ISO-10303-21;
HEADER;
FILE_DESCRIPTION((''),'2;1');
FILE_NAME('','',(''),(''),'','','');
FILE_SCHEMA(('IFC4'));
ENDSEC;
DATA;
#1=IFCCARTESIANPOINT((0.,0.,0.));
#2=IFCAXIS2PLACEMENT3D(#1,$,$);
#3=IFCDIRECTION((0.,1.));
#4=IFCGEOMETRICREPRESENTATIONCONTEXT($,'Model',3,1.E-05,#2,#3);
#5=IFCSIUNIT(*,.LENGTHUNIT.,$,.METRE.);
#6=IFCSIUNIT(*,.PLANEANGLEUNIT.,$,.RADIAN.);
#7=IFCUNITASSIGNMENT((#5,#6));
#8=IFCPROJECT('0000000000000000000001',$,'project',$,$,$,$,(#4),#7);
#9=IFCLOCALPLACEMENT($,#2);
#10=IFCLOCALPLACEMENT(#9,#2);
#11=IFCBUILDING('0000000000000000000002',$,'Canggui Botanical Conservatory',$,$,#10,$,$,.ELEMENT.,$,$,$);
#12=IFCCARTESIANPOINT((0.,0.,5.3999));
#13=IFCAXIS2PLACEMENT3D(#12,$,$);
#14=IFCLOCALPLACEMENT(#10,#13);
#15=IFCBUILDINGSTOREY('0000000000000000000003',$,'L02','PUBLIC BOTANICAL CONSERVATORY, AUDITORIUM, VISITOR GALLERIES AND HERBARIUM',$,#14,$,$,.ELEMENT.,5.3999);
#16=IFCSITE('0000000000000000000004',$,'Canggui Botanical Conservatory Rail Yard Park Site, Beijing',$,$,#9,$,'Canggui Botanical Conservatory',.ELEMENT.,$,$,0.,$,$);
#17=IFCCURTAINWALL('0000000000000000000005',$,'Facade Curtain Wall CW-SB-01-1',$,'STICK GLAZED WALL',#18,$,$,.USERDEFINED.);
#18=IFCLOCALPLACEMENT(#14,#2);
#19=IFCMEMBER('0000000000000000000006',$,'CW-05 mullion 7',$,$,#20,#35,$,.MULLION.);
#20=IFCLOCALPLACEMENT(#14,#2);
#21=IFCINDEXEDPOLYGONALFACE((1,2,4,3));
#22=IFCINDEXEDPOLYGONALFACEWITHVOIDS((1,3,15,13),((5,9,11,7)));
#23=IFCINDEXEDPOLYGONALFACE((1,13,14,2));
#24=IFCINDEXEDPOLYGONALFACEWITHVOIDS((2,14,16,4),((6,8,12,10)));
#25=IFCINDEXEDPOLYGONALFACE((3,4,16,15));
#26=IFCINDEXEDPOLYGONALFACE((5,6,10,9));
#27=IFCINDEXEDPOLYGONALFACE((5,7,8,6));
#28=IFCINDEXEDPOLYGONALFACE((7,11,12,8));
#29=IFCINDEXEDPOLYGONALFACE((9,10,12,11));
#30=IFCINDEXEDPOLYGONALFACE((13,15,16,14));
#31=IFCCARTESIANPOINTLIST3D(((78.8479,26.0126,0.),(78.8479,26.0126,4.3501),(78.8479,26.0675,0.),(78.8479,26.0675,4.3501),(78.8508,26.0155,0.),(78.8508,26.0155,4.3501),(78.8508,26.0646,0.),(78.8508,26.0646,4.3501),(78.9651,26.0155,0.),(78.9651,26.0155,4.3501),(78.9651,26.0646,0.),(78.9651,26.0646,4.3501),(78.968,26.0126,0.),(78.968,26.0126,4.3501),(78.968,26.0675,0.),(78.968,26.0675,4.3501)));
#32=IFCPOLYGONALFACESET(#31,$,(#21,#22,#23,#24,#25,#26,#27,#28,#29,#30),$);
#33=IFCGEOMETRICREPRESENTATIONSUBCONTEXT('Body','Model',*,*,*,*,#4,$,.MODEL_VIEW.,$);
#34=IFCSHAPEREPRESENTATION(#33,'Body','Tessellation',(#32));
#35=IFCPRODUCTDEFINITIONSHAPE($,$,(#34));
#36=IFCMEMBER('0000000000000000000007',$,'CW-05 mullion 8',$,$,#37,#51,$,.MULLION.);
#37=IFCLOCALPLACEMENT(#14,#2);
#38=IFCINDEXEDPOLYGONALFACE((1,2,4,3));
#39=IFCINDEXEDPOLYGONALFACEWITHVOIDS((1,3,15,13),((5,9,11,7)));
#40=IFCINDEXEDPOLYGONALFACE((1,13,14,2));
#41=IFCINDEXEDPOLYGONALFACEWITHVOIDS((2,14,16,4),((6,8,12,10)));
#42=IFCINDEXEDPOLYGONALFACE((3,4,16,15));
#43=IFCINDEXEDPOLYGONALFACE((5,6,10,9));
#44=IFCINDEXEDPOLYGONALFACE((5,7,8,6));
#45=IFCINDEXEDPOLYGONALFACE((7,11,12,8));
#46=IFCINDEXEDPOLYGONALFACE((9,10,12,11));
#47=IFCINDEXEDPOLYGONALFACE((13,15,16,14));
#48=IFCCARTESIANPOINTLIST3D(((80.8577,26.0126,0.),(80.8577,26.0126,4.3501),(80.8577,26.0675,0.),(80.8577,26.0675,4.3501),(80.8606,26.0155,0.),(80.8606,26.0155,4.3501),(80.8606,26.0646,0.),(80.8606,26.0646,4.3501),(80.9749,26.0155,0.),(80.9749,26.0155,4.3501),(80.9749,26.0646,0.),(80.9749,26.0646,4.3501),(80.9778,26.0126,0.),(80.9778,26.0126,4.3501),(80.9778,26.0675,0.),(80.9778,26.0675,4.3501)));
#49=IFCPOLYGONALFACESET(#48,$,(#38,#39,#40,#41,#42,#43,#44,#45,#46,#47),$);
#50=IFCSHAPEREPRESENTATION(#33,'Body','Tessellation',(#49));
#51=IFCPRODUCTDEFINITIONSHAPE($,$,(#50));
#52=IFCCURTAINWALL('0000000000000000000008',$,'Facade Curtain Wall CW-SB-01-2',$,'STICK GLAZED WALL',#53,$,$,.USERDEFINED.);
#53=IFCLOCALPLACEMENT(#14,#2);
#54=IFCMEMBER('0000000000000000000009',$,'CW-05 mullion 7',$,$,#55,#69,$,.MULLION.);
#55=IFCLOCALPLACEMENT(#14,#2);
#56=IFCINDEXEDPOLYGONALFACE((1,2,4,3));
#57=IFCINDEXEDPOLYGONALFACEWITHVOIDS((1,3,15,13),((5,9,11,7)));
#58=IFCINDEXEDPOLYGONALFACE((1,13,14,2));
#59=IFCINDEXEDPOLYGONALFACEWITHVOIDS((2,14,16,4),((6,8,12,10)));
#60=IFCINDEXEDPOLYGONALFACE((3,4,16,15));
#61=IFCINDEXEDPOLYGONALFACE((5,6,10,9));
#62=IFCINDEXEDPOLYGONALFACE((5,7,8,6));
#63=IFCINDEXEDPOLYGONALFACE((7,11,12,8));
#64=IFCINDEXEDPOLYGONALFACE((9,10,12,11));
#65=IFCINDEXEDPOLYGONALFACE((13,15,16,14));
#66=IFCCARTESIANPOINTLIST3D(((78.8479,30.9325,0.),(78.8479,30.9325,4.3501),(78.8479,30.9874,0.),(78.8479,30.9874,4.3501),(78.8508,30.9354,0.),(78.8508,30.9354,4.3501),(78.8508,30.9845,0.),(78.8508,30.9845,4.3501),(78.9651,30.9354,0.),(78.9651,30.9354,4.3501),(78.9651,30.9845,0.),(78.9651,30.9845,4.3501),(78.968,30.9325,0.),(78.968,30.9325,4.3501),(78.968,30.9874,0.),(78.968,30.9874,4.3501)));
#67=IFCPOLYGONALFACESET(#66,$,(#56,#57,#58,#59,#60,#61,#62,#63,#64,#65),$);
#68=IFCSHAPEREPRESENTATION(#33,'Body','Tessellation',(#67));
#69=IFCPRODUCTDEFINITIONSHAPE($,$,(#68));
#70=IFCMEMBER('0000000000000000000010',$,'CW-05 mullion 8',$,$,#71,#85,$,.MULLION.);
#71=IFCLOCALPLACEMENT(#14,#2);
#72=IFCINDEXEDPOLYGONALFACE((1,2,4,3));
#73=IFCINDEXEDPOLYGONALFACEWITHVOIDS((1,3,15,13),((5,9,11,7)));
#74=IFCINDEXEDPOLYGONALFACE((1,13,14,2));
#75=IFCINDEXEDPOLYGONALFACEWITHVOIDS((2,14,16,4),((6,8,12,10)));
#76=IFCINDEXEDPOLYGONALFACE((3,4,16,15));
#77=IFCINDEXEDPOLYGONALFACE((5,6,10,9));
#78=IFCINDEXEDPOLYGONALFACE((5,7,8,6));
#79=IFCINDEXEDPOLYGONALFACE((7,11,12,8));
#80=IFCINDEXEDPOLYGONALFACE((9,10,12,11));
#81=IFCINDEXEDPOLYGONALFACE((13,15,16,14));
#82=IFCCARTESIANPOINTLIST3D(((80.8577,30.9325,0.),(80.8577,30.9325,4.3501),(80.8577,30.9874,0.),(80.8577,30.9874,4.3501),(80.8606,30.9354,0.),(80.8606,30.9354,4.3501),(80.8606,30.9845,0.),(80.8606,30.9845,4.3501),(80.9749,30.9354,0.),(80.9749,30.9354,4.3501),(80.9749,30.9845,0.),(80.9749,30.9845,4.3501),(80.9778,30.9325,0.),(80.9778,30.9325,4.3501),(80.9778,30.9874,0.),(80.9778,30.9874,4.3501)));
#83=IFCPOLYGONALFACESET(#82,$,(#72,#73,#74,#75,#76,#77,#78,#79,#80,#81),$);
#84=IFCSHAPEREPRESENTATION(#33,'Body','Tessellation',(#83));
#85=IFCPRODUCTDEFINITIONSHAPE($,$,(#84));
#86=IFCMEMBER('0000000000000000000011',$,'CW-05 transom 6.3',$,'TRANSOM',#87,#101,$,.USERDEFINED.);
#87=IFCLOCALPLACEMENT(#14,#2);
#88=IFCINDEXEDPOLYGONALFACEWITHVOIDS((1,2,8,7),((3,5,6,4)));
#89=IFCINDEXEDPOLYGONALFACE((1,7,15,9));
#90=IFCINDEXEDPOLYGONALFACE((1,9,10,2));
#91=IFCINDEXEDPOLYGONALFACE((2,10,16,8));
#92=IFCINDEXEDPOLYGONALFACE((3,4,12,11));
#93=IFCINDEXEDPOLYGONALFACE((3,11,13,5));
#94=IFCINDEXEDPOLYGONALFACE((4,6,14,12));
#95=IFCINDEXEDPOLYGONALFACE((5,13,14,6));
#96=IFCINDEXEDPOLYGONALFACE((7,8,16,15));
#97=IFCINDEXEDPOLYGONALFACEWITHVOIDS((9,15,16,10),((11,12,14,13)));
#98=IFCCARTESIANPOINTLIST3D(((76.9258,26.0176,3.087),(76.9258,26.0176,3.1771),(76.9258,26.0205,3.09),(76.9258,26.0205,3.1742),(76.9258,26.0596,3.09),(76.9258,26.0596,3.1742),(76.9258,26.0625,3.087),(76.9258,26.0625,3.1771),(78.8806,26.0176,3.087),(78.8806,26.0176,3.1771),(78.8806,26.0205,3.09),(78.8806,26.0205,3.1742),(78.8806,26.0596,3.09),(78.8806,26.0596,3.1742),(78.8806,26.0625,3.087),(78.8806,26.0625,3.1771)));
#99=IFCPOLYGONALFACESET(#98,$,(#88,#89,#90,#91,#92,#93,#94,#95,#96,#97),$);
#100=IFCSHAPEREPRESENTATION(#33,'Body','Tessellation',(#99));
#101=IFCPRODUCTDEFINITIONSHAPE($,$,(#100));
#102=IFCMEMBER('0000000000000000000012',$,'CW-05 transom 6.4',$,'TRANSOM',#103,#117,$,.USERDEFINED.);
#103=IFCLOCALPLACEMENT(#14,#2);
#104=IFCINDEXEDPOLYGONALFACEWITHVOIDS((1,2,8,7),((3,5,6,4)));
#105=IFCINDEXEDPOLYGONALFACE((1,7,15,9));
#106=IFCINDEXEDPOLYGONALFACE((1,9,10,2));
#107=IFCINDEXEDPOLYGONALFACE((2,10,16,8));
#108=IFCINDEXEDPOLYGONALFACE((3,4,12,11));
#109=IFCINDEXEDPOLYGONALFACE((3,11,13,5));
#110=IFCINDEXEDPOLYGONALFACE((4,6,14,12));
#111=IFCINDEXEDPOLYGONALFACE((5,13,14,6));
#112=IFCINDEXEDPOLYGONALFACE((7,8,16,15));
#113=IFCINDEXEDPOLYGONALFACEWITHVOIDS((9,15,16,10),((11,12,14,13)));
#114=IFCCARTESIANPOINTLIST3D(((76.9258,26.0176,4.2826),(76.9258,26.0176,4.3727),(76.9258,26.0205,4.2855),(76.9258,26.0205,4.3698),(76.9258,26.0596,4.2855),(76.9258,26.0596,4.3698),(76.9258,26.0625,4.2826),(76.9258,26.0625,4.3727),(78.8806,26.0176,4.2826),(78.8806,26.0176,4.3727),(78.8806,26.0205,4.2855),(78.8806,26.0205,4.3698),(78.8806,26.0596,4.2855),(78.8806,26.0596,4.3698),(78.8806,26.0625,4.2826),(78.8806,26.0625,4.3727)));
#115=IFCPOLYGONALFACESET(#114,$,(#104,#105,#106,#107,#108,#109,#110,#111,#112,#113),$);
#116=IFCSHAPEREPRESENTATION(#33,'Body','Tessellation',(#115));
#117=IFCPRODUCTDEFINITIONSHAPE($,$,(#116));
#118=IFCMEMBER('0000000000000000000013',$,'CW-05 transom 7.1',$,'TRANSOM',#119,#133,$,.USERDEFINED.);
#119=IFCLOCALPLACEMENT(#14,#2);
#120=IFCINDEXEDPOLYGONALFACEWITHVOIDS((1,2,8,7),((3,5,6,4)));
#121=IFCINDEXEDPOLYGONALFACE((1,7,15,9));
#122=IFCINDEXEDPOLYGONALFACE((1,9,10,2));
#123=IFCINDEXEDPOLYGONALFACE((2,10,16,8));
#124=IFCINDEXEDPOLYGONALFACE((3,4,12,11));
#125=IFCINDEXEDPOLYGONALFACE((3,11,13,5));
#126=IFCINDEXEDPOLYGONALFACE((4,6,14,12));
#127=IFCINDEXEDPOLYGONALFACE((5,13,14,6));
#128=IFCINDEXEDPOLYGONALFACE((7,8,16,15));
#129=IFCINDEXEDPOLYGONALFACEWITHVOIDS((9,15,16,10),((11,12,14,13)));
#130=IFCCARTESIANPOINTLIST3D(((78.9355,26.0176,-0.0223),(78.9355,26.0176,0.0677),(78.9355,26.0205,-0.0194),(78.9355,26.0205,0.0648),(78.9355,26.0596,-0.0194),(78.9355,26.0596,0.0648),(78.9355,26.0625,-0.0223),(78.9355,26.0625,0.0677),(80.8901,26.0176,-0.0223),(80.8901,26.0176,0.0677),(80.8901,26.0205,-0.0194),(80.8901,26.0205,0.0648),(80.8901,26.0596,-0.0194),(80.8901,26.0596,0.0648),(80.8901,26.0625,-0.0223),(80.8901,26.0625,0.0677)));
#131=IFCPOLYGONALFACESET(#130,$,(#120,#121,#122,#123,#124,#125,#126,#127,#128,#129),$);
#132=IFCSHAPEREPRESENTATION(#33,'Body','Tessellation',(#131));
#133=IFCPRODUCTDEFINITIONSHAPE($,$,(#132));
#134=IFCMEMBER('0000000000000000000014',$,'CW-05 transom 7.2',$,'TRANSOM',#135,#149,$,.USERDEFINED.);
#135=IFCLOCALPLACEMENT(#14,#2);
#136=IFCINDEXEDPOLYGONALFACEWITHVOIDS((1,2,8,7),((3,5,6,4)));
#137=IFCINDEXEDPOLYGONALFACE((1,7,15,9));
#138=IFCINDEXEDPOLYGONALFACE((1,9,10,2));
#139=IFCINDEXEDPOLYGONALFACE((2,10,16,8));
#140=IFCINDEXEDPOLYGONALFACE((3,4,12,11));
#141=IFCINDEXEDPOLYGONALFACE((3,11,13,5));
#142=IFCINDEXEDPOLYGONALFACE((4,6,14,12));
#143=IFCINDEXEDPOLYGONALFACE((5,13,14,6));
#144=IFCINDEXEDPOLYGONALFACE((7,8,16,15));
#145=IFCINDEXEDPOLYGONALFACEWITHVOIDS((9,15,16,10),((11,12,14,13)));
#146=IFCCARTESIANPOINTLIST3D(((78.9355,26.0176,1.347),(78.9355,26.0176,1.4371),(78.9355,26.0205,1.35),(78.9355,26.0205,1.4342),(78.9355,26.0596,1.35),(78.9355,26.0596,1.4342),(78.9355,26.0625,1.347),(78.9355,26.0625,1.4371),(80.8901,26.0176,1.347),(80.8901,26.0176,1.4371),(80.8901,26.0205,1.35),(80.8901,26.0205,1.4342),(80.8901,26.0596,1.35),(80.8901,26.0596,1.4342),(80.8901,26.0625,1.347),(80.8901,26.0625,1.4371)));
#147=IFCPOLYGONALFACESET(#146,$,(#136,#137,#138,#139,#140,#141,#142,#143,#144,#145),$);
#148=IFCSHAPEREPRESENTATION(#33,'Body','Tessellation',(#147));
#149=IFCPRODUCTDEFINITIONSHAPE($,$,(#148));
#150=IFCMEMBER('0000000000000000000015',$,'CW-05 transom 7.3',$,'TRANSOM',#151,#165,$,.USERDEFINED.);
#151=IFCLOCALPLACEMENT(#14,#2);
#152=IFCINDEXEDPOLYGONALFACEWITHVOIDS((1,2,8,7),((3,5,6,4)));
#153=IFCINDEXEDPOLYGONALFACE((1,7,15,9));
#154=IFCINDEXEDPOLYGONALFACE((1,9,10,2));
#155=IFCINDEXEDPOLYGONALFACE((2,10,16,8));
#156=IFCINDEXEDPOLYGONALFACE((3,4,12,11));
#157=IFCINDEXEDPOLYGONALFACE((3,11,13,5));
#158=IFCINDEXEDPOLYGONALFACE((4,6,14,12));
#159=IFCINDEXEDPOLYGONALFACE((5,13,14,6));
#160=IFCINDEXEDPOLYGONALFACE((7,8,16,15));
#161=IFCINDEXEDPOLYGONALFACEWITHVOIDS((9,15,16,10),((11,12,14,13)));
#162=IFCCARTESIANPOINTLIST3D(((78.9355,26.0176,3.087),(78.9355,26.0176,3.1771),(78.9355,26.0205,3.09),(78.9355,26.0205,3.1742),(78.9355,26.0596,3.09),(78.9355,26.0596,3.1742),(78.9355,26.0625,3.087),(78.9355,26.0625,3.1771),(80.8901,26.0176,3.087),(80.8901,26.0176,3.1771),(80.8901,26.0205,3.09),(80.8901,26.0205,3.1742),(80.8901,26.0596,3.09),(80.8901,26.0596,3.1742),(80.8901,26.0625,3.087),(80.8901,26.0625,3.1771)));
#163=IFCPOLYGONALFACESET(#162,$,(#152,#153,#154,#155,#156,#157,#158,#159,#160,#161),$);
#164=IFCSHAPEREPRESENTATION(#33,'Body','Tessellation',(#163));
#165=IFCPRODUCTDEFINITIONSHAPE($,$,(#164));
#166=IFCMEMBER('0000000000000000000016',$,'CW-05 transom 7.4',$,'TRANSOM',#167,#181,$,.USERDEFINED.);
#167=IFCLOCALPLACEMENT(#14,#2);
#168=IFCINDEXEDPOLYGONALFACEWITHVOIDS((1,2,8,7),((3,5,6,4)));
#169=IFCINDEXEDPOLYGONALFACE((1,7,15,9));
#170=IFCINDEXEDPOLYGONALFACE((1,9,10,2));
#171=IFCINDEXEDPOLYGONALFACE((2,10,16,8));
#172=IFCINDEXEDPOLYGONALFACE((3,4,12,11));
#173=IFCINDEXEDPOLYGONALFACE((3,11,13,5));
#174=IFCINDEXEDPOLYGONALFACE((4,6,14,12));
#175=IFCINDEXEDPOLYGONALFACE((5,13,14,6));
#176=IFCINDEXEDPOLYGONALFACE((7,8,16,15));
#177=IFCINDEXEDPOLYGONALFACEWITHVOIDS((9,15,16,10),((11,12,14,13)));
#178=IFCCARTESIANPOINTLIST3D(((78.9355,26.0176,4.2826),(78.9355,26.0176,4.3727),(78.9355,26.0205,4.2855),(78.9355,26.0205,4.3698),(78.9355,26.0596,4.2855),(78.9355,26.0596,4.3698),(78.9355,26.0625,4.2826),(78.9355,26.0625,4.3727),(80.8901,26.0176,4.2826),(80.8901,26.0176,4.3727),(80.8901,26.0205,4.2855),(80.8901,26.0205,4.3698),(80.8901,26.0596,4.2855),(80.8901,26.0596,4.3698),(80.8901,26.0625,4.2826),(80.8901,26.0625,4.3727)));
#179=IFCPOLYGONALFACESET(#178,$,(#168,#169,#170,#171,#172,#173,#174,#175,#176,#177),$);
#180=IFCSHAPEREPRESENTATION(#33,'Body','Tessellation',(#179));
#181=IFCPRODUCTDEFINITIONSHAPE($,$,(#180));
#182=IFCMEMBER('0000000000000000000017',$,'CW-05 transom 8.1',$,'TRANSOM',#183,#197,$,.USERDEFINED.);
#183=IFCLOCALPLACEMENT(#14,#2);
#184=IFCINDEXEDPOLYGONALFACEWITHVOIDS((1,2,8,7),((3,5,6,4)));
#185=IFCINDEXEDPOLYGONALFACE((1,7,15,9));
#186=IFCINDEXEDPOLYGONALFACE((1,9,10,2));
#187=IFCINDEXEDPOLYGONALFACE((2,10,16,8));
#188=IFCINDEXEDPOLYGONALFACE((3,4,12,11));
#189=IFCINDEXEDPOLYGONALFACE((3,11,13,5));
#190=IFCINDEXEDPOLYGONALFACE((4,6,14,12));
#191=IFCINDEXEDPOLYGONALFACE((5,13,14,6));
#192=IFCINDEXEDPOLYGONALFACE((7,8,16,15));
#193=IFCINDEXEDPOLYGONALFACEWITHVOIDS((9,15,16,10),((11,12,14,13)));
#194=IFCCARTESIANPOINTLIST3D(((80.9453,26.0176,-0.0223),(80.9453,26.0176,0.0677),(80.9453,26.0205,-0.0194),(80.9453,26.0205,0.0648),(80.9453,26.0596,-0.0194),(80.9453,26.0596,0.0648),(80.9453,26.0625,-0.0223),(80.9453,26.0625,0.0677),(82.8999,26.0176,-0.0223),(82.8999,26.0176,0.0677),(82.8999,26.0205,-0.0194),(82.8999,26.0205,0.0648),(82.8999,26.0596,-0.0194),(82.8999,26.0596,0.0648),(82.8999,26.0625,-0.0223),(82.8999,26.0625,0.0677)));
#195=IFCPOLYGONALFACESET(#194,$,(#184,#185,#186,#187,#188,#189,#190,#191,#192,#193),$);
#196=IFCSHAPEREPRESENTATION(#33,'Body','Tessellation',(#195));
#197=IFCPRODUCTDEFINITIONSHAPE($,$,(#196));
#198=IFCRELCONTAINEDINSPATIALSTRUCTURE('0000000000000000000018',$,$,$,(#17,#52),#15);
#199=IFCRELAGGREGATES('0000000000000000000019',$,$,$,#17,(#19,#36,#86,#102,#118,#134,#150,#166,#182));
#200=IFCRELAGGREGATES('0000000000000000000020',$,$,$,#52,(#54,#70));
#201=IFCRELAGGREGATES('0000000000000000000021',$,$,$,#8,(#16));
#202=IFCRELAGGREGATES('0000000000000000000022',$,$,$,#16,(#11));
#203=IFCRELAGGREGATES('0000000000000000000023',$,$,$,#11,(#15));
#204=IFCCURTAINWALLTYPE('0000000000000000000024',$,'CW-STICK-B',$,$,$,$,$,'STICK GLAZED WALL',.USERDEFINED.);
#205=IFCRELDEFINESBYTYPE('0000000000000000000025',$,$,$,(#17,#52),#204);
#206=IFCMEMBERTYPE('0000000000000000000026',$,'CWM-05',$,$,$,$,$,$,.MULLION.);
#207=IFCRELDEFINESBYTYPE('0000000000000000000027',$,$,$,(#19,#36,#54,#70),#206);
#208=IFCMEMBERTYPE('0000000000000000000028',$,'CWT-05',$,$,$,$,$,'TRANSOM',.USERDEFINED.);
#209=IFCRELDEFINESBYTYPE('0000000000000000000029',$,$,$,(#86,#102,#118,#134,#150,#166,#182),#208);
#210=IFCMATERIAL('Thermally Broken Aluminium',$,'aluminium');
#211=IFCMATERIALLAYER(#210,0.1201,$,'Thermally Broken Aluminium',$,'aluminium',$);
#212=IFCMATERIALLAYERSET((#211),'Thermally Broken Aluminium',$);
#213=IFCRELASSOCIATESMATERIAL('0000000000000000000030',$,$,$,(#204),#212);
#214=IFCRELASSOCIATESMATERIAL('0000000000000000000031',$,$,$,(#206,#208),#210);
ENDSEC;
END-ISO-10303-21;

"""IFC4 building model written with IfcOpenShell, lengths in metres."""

from ifc_helpers import new_model, si_unit, direction, frame, origin, origin_2d, place, context, subcontext, project, spatial, hollow_rectangle, extrude, material, layer, layer_set, material_profile, profile_set, type_object, element, aggregate, save


model = new_model("IFC4")

# Units and contexts
model_context = context("Model", 3, precision=1e-05, world=origin(), true_north=direction((0.0, 1.0)))
body_context = subcontext(model_context, "Body", "Model", "MODEL_VIEW")
ifc_project = project(units=[si_unit("LENGTHUNIT", "METRE"), si_unit("PLANEANGLEUNIT", "RADIAN")], contexts=[model_context])

# Site, building, storey
site_placement = place(None, origin())
site = spatial("IfcSite", under=ifc_project, at=site_placement, Name="Canggui Botanical Conservatory Rail Yard Park Site, Beijing", LongName="Canggui Botanical Conservatory", CompositionType="ELEMENT", RefElevation=0.0)
building_placement = place(site_placement, origin())
building = spatial("IfcBuilding", under=site, at=building_placement, Name="Canggui Botanical Conservatory", CompositionType="ELEMENT")
storey_placement = place(building_placement, frame((0.0, 0.0, 5.3999)))
storey = spatial("IfcBuildingStorey", under=building, at=storey_placement, Name="L02", Description="PUBLIC BOTANICAL CONSERVATORY, AUDITORIUM, VISITOR GALLERIES AND HERBARIUM", CompositionType="ELEMENT", Elevation=5.3999)

# Curtain walls, members
ifc_material_1 = material(Name="Thermally Broken Aluminium", Category="aluminium")
ifc_layer_1 = layer(ifc_material_1, 0.1201, Name="Thermally Broken Aluminium", Category="aluminium")
ifc_layer_set_1 = layer_set([ifc_layer_1], Name="Thermally Broken Aluminium")
curtain_wall_type = type_object("IfcCurtainWallType", Name="CW-STICK-B", ElementType="STICK GLAZED WALL", PredefinedType="USERDEFINED", material=ifc_layer_set_1)
curtain_wall_1_placement = place(storey_placement, origin())
curtain_wall_1 = element("IfcCurtainWall", 1, at=curtain_wall_1_placement, inside=storey, type_object=curtain_wall_type, Name="Facade Curtain Wall CW-SB-01-1", ObjectType="STICK GLAZED WALL", PredefinedType="USERDEFINED")
ifc_material_profile_1 = material_profile(ifc_material_1, hollow_rectangle(XDim=0.0549, YDim=0.1201, WallThickness=0.0029, at=origin_2d()), Name="CWM 55x120x3")
ifc_profile_set_1 = profile_set([ifc_material_profile_1], Name="Thermally Broken Aluminium")
member_type_1 = type_object("IfcMemberType", Name="CWM-05", PredefinedType="MULLION", material=ifc_profile_set_1)
member_1_placement = place(storey_placement, frame((78.908, 26.04, 0.0), z_axis=(0.0, 0.0, 1.0), x_axis=(0.0, 1.0, 0.0)))
member_1 = element("IfcMember", 2, at=member_1_placement, type_object=member_type_1, Name="CW-05 mullion 7", PredefinedType="MULLION", context=body_context, shape_type="SweptSolid", body=[
    extrude(hollow_rectangle(XDim=0.0549, YDim=0.1201, WallThickness=0.0029, at=origin_2d()), origin(), (0.0, 0.0, 1.0), 4.3501),
])
member_2_placement = place(storey_placement, frame((80.9177, 26.04, 0.0), z_axis=(0.0, 0.0, 1.0), x_axis=(0.0, 1.0, 0.0)))
member_2 = element("IfcMember", 3, at=member_2_placement, type_object=member_type_1, Name="CW-05 mullion 8", PredefinedType="MULLION", context=body_context, shape_type="SweptSolid", body=[
    extrude(hollow_rectangle(XDim=0.0549, YDim=0.1201, WallThickness=0.0029, at=origin_2d()), origin(), (0.0, 0.0, 1.0), 4.3501),
])
curtain_wall_2_placement = place(storey_placement, origin())
curtain_wall_2 = element("IfcCurtainWall", 4, at=curtain_wall_2_placement, inside=storey, type_object=curtain_wall_type, Name="Facade Curtain Wall CW-SB-01-2", ObjectType="STICK GLAZED WALL", PredefinedType="USERDEFINED")
member_3_placement = place(storey_placement, frame((78.908, 30.96, 0.0), z_axis=(0.0, 0.0, 1.0), x_axis=(0.0, 1.0, 0.0)))
member_3 = element("IfcMember", 5, at=member_3_placement, type_object=member_type_1, Name="CW-05 mullion 7", PredefinedType="MULLION", context=body_context, shape_type="SweptSolid", body=[
    extrude(hollow_rectangle(XDim=0.0549, YDim=0.1201, WallThickness=0.0029, at=origin_2d()), origin(), (0.0, 0.0, 1.0), 4.3501),
])
member_4_placement = place(storey_placement, frame((80.9177, 30.96, 0.0), z_axis=(0.0, 0.0, 1.0), x_axis=(0.0, 1.0, 0.0)))
member_4 = element("IfcMember", 6, at=member_4_placement, type_object=member_type_1, Name="CW-05 mullion 8", PredefinedType="MULLION", context=body_context, shape_type="SweptSolid", body=[
    extrude(hollow_rectangle(XDim=0.0549, YDim=0.1201, WallThickness=0.0029, at=origin_2d()), origin(), (0.0, 0.0, 1.0), 4.3501),
])

# Members
ifc_material_profile_2 = material_profile(ifc_material_1, hollow_rectangle(XDim=0.0449, YDim=0.0901, WallThickness=0.0029, at=origin_2d()), Name="CWT 45x90x3")
ifc_profile_set_2 = profile_set([ifc_material_profile_2], Name="Thermally Broken Aluminium")
member_type_2 = type_object("IfcMemberType", Name="CWT-05", ElementType="TRANSOM", PredefinedType="USERDEFINED", material=ifc_profile_set_2)
member_5_placement = place(storey_placement, frame((76.9258, 26.04, 3.1321), z_axis=(1.0, 0.0, 0.0), x_axis=(0.0, 1.0, 0.0)))
member_5 = element("IfcMember", 7, at=member_5_placement, type_object=member_type_2, Name="CW-05 transom 6.3", ObjectType="TRANSOM", PredefinedType="USERDEFINED", context=body_context, shape_type="SweptSolid", body=[
    extrude(hollow_rectangle(XDim=0.0449, YDim=0.0901, WallThickness=0.0029, at=origin_2d()), origin(), (0.0, 0.0, 1.0), 1.9548),
])
member_6_placement = place(storey_placement, frame((76.9258, 26.04, 4.3276), z_axis=(1.0, 0.0, 0.0), x_axis=(0.0, 1.0, 0.0)))
member_6 = element("IfcMember", 8, at=member_6_placement, type_object=member_type_2, Name="CW-05 transom 6.4", ObjectType="TRANSOM", PredefinedType="USERDEFINED", context=body_context, shape_type="SweptSolid", body=[
    extrude(hollow_rectangle(XDim=0.0449, YDim=0.0901, WallThickness=0.0029, at=origin_2d()), origin(), (0.0, 0.0, 1.0), 1.9548),
])
member_7_placement = place(storey_placement, frame((78.9355, 26.04, 0.0227), z_axis=(1.0, 0.0, 0.0), x_axis=(0.0, 1.0, 0.0)))
member_7 = element("IfcMember", 9, at=member_7_placement, type_object=member_type_2, Name="CW-05 transom 7.1", ObjectType="TRANSOM", PredefinedType="USERDEFINED", context=body_context, shape_type="SweptSolid", body=[
    extrude(hollow_rectangle(XDim=0.0449, YDim=0.0901, WallThickness=0.0029, at=origin_2d()), origin(), (0.0, 0.0, 1.0), 1.9546),
])
member_8_placement = place(storey_placement, frame((78.9355, 26.04, 1.3921), z_axis=(1.0, 0.0, 0.0), x_axis=(0.0, 1.0, 0.0)))
member_8 = element("IfcMember", 10, at=member_8_placement, type_object=member_type_2, Name="CW-05 transom 7.2", ObjectType="TRANSOM", PredefinedType="USERDEFINED", context=body_context, shape_type="SweptSolid", body=[
    extrude(hollow_rectangle(XDim=0.0449, YDim=0.0901, WallThickness=0.0029, at=origin_2d()), origin(), (0.0, 0.0, 1.0), 1.9546),
])
member_9_placement = place(storey_placement, frame((78.9355, 26.04, 3.1321), z_axis=(1.0, 0.0, 0.0), x_axis=(0.0, 1.0, 0.0)))
member_9 = element("IfcMember", 11, at=member_9_placement, type_object=member_type_2, Name="CW-05 transom 7.3", ObjectType="TRANSOM", PredefinedType="USERDEFINED", context=body_context, shape_type="SweptSolid", body=[
    extrude(hollow_rectangle(XDim=0.0449, YDim=0.0901, WallThickness=0.0029, at=origin_2d()), origin(), (0.0, 0.0, 1.0), 1.9546),
])
member_10_placement = place(storey_placement, frame((78.9355, 26.04, 4.3276), z_axis=(1.0, 0.0, 0.0), x_axis=(0.0, 1.0, 0.0)))
member_10 = element("IfcMember", 12, at=member_10_placement, type_object=member_type_2, Name="CW-05 transom 7.4", ObjectType="TRANSOM", PredefinedType="USERDEFINED", context=body_context, shape_type="SweptSolid", body=[
    extrude(hollow_rectangle(XDim=0.0449, YDim=0.0901, WallThickness=0.0029, at=origin_2d()), origin(), (0.0, 0.0, 1.0), 1.9546),
])
member_11_placement = place(storey_placement, frame((80.9453, 26.04, 0.0227), z_axis=(1.0, 0.0, 0.0), x_axis=(0.0, 1.0, 0.0)))
member_11 = element("IfcMember", 13, at=member_11_placement, type_object=member_type_2, Name="CW-05 transom 8.1", ObjectType="TRANSOM", PredefinedType="USERDEFINED", context=body_context, shape_type="SweptSolid", body=[
    extrude(hollow_rectangle(XDim=0.0449, YDim=0.0901, WallThickness=0.0029, at=origin_2d()), origin(), (0.0, 0.0, 1.0), 1.9546),
])

aggregate(curtain_wall_1, [member_1, member_2, member_5, member_6, member_7, member_8, member_9, member_10, member_11])
aggregate(curtain_wall_2, [member_3, member_4])

save(model, "model.ifc")
